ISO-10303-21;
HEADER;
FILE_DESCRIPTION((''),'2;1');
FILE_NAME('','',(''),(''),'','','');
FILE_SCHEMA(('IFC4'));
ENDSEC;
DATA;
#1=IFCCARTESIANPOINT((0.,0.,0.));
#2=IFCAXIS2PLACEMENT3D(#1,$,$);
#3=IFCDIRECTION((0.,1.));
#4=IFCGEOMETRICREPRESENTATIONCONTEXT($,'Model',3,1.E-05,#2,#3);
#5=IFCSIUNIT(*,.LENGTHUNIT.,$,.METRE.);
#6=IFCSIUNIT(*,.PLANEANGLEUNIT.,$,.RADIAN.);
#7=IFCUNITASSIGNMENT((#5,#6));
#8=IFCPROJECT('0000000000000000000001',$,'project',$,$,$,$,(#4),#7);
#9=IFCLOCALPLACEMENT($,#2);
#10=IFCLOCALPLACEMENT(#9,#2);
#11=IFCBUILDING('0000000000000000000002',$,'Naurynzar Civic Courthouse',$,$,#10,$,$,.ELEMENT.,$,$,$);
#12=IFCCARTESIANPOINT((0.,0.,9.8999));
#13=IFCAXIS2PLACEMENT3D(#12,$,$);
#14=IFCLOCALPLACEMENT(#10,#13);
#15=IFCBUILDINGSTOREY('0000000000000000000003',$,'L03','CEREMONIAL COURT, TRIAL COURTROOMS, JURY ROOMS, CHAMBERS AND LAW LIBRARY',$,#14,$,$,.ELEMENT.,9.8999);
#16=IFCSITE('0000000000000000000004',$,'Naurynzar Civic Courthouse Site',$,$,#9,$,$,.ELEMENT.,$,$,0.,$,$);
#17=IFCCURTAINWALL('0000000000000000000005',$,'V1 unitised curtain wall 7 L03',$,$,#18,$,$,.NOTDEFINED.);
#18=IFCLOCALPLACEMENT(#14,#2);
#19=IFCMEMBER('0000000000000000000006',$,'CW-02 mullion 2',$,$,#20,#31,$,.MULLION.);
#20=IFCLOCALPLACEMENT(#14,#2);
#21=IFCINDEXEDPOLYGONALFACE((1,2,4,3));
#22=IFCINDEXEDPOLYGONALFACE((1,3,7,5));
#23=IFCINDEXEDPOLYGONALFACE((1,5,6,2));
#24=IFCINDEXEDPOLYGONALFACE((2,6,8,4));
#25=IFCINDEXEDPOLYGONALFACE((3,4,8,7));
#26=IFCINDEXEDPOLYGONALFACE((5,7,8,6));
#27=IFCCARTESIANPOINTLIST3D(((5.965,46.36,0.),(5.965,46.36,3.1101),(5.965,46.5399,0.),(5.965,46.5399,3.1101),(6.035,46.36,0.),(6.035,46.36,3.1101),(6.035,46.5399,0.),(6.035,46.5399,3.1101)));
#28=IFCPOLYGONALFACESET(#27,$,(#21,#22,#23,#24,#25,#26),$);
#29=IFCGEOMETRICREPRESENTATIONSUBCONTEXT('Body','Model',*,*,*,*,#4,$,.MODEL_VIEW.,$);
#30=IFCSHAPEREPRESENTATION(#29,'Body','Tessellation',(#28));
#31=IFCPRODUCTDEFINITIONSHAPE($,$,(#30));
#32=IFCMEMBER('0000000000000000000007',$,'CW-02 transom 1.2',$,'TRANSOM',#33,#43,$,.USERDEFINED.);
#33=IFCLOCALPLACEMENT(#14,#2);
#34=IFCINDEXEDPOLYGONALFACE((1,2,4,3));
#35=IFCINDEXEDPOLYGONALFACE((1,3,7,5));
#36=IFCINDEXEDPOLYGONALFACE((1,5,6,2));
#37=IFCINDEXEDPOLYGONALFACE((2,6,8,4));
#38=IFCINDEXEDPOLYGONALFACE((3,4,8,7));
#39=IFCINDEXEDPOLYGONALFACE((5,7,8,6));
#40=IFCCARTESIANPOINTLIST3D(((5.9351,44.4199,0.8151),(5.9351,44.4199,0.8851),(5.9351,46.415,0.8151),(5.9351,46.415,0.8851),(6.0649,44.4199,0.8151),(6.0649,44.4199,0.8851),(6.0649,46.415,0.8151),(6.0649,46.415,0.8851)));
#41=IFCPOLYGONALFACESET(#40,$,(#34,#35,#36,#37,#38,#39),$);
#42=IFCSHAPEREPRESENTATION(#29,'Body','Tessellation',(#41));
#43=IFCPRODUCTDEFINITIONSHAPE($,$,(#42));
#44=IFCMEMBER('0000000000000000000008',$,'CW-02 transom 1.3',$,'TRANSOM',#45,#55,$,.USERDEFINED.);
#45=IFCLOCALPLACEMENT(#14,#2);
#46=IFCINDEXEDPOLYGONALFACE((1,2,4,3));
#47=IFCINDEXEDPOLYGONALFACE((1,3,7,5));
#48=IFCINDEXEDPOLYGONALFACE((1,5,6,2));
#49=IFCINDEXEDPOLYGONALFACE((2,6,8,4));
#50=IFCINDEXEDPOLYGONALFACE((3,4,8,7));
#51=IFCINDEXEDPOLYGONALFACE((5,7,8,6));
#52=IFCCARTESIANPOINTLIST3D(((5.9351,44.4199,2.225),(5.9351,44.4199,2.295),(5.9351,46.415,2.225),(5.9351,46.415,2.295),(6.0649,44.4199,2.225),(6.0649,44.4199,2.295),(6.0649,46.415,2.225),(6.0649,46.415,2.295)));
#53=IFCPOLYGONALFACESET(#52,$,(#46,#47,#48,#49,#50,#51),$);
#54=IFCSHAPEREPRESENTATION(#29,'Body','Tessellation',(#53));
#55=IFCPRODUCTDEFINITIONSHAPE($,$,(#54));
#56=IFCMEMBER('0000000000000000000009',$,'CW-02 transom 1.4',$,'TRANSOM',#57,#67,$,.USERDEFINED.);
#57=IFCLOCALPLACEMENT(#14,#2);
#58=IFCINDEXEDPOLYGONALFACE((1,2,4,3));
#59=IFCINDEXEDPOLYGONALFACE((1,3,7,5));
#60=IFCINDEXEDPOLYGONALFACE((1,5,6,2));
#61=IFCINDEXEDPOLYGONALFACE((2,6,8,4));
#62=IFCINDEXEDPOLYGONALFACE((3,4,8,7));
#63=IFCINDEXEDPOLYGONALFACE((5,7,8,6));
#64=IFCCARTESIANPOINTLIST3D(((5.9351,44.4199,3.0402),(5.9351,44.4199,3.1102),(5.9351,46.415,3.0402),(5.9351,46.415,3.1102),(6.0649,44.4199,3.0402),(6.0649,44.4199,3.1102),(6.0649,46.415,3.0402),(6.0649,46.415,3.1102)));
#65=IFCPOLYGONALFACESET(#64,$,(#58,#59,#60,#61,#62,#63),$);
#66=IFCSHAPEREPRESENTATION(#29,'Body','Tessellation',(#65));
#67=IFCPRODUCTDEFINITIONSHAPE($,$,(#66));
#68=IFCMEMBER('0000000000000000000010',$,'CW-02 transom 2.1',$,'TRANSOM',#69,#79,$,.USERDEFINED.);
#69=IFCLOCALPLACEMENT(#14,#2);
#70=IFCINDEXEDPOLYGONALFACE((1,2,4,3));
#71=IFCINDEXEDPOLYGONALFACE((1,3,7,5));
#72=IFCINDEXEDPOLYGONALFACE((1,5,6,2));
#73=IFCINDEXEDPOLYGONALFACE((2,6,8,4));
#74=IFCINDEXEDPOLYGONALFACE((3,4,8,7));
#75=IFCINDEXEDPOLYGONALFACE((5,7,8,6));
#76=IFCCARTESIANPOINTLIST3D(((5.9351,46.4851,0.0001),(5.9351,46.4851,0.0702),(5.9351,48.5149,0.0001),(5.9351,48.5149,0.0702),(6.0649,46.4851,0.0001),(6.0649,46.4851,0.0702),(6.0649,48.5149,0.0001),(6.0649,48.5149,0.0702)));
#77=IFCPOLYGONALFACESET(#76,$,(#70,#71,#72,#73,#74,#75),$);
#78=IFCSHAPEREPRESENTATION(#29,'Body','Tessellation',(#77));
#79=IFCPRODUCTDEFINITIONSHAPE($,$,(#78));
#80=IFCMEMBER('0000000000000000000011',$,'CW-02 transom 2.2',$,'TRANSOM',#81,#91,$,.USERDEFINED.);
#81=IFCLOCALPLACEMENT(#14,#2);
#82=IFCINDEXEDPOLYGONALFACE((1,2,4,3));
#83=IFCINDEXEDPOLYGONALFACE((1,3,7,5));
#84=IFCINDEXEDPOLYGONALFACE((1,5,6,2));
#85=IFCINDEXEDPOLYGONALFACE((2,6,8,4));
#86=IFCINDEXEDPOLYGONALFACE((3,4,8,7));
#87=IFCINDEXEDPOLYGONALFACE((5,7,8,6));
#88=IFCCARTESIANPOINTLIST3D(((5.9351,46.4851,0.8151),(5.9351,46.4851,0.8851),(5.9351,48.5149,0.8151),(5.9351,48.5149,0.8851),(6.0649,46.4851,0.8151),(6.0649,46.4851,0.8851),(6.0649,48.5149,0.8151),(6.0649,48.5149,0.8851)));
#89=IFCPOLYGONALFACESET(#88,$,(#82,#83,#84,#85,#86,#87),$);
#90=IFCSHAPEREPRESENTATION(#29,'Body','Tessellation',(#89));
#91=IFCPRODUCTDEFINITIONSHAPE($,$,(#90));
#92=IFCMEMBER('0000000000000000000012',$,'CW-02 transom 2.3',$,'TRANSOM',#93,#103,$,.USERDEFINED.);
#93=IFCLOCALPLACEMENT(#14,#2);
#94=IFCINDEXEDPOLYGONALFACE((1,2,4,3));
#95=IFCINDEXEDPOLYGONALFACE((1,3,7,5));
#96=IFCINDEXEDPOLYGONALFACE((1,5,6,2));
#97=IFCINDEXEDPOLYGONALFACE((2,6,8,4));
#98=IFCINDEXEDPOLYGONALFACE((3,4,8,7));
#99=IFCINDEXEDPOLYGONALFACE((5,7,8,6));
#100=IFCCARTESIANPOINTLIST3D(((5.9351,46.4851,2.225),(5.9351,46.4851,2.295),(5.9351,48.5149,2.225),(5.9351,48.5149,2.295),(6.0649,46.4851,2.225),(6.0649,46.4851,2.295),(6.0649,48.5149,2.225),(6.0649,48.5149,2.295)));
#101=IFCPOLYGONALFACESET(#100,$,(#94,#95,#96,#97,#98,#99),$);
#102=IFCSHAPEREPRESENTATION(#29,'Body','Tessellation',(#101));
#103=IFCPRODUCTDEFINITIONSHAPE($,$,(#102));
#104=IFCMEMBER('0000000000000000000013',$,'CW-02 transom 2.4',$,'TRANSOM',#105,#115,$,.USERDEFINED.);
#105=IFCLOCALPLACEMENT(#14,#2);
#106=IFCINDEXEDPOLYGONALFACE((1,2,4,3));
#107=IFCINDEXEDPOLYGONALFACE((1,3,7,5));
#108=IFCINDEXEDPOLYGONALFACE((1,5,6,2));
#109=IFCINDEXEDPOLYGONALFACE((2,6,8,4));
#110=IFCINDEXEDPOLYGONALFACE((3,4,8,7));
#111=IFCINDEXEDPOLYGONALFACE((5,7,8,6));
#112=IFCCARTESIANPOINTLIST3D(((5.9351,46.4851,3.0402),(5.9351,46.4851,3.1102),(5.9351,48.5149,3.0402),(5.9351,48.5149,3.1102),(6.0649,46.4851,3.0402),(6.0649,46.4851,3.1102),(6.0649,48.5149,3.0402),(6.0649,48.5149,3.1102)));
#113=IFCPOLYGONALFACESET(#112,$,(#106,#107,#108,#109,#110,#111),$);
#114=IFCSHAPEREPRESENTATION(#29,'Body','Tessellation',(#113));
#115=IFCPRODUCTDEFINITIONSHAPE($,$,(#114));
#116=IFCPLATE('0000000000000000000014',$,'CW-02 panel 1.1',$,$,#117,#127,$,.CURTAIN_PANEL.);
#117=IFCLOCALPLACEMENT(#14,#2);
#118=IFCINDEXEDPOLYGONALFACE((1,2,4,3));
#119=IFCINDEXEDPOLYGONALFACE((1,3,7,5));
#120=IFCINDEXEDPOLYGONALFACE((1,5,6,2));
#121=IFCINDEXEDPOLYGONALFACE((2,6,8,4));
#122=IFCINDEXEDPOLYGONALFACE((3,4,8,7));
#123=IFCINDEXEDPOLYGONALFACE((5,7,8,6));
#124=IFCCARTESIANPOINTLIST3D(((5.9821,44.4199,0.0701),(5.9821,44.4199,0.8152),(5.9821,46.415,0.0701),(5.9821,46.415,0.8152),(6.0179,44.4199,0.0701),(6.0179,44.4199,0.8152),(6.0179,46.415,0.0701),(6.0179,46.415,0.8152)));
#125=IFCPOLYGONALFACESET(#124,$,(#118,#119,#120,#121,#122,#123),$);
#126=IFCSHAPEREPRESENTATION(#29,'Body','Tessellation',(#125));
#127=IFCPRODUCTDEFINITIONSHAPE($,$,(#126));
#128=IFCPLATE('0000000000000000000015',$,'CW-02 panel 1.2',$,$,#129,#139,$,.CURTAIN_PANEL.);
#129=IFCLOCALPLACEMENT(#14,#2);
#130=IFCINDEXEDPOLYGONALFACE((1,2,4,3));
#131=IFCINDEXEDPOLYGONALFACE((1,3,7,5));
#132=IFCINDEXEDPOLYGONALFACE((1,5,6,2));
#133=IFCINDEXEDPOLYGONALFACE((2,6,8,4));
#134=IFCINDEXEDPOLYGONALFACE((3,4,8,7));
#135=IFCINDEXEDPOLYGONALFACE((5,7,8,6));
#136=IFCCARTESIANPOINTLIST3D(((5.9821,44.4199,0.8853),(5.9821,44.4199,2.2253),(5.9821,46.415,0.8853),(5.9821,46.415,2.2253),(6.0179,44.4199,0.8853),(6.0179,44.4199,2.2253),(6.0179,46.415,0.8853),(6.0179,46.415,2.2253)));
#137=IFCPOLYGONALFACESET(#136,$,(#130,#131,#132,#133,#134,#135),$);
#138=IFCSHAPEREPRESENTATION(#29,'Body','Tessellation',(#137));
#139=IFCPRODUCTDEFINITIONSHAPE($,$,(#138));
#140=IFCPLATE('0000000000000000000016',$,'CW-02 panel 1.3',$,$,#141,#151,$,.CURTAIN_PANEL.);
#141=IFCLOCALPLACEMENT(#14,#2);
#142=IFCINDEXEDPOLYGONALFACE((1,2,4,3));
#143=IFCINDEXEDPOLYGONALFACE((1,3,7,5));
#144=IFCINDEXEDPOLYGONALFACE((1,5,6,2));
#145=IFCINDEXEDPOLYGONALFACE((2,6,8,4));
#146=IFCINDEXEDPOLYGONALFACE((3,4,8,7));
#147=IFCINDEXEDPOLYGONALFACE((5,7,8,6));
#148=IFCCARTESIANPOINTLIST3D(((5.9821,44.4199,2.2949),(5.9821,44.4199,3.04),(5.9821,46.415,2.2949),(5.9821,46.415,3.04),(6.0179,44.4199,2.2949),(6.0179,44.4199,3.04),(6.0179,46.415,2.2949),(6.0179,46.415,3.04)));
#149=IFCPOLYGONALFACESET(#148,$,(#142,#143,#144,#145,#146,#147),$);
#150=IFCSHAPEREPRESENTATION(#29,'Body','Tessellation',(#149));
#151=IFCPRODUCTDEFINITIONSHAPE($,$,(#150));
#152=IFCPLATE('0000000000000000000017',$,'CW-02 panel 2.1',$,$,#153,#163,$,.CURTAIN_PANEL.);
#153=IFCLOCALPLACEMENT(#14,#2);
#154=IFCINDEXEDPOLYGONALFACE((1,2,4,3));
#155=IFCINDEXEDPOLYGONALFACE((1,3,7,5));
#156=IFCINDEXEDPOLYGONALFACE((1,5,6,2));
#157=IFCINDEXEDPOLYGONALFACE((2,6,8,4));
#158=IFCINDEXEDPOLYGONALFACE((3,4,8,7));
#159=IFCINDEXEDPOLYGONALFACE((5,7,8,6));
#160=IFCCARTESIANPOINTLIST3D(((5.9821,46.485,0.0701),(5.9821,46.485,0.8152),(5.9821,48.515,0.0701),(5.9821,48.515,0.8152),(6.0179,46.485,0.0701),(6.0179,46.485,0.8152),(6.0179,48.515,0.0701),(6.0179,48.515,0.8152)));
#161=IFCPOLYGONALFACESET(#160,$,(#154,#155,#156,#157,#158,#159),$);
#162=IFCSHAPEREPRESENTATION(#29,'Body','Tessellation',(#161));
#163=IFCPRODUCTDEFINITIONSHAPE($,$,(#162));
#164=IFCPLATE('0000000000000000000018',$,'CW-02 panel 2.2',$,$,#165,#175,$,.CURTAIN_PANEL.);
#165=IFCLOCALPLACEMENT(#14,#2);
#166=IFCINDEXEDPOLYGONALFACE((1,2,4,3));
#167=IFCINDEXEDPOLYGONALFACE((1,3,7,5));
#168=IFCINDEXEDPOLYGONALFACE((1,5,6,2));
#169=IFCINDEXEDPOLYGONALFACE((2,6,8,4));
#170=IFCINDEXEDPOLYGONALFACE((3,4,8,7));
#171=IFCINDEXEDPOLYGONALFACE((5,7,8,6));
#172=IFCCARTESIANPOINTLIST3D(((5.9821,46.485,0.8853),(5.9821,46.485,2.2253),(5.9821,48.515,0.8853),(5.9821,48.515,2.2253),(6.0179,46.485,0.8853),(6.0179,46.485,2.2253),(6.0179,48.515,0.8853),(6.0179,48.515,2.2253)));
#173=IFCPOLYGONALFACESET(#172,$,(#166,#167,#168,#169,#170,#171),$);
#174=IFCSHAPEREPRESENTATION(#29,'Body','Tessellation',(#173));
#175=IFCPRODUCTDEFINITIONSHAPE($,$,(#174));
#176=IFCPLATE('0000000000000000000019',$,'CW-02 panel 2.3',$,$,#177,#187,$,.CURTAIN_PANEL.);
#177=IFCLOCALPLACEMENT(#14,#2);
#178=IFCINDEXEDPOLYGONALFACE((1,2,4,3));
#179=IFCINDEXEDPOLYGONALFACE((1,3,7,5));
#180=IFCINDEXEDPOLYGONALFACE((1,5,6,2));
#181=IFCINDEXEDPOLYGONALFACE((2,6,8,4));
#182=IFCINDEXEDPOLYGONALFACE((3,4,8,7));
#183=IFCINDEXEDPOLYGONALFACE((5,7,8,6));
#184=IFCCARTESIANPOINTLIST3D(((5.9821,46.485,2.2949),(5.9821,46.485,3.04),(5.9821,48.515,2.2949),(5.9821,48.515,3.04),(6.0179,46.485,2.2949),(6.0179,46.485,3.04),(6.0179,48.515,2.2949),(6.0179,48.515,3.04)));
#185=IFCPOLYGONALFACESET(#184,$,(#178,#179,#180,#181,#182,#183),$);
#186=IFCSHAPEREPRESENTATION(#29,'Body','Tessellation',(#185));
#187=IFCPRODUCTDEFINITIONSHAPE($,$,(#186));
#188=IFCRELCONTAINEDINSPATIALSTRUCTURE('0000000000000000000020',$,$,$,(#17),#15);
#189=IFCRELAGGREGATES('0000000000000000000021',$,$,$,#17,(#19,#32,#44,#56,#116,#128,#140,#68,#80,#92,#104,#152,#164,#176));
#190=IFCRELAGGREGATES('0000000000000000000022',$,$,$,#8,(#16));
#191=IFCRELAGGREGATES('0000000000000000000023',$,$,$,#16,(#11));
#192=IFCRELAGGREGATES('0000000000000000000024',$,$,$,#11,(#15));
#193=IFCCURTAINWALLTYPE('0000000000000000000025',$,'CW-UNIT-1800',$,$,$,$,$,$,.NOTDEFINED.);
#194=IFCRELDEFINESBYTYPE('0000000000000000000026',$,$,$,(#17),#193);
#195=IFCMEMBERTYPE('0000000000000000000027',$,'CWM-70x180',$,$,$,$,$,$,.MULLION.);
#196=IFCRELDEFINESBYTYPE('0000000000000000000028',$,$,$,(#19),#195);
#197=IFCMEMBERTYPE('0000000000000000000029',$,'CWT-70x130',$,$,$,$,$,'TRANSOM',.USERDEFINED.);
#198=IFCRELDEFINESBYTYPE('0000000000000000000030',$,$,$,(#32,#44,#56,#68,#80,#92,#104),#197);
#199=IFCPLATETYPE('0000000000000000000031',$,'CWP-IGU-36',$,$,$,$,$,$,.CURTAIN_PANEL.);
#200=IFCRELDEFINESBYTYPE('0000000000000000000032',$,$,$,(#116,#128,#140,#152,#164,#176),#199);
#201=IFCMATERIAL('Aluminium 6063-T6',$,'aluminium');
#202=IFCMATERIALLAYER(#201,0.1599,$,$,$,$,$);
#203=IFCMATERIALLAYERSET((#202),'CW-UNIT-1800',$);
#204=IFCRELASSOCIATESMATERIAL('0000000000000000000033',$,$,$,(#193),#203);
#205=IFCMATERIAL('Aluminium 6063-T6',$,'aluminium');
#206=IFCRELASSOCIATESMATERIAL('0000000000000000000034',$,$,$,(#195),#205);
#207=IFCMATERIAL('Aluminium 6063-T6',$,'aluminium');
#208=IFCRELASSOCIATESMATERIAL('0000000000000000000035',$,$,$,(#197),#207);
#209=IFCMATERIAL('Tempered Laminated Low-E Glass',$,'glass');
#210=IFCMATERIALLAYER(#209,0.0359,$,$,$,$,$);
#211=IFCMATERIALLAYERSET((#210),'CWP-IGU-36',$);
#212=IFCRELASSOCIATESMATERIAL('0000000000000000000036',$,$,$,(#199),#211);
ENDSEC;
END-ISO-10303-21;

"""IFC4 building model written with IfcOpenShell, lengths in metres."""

from ifc_helpers import new_model, si_unit, direction, frame, origin, origin_2d, place, context, subcontext, project, spatial, rectangle, extrude, material, layer, layer_set, material_profile, profile_set, type_object, element, aggregate, save


model = new_model("IFC4")

# Units and contexts
model_context = context("Model", 3, precision=1e-05, world=origin(), true_north=direction((0.0, 1.0)))
body_context = subcontext(model_context, "Body", "Model", "MODEL_VIEW")
ifc_project = project(units=[si_unit("LENGTHUNIT", "METRE"), si_unit("PLANEANGLEUNIT", "RADIAN")], contexts=[model_context])

# Site, building, storey
site_placement = place(None, origin())
site = spatial("IfcSite", under=ifc_project, at=site_placement, Name="Naurynzar Civic Courthouse Site", CompositionType="ELEMENT", RefElevation=0.0)
building_placement = place(site_placement, origin())
building = spatial("IfcBuilding", under=site, at=building_placement, Name="Naurynzar Civic Courthouse", CompositionType="ELEMENT")
storey_placement = place(building_placement, frame((0.0, 0.0, 9.8999)))
storey = spatial("IfcBuildingStorey", under=building, at=storey_placement, Name="L03", Description="CEREMONIAL COURT, TRIAL COURTROOMS, JURY ROOMS, CHAMBERS AND LAW LIBRARY", CompositionType="ELEMENT", Elevation=9.8999)

# Curtain wall, members, plates
ifc_material_1 = material(Name="Aluminium 6063-T6", Category="aluminium")
ifc_layer_1 = layer(ifc_material_1, 0.1599)
ifc_layer_set_1 = layer_set([ifc_layer_1], Name="CW-UNIT-1800")
curtain_wall_type = type_object("IfcCurtainWallType", Name="CW-UNIT-1800", PredefinedType="NOTDEFINED", material=ifc_layer_set_1)
curtain_wall_placement = place(storey_placement, origin())
curtain_wall = element("IfcCurtainWall", 1, at=curtain_wall_placement, inside=storey, type_object=curtain_wall_type, Name="V1 unitised curtain wall 7 L03", PredefinedType="NOTDEFINED")
ifc_material_2 = material(Name="Aluminium 6063-T6", Category="aluminium")
ifc_material_profile_1 = material_profile(ifc_material_2, rectangle(XDim=0.0701, YDim=0.1799, at=origin_2d()), Name="ALU MULLION 70x180")
ifc_profile_set_1 = profile_set([ifc_material_profile_1], Name="Aluminium 6063-T6")
member_type_1 = type_object("IfcMemberType", Name="CWM-70x180", PredefinedType="MULLION", material=ifc_profile_set_1)
member_1_placement = place(storey_placement, frame((6.0, 46.45, 0.0), z_axis=(0.0, 0.0, 1.0), x_axis=(-1.0, 0.0, 0.0)))
member_1 = element("IfcMember", 2, at=member_1_placement, type_object=member_type_1, Name="CW-02 mullion 2", PredefinedType="MULLION", context=body_context, shape_type="SweptSolid", body=[
    extrude(rectangle(XDim=0.0701, YDim=0.1799, at=origin_2d()), origin(), (0.0, 0.0, 1.0), 3.1101),
])
ifc_material_3 = material(Name="Aluminium 6063-T6", Category="aluminium")
ifc_material_profile_2 = material_profile(ifc_material_3, rectangle(XDim=0.1299, YDim=0.0701, at=origin_2d()), Name="ALU TRANSOM 70x130")
ifc_profile_set_2 = profile_set([ifc_material_profile_2], Name="Aluminium 6063-T6")
member_type_2 = type_object("IfcMemberType", Name="CWT-70x130", ElementType="TRANSOM", PredefinedType="USERDEFINED", material=ifc_profile_set_2)
member_2_placement = place(storey_placement, frame((6.0, 44.4199, 0.8501), z_axis=(0.0, 1.0, 0.0), x_axis=(-1.0, 0.0, 0.0)))
member_2 = element("IfcMember", 3, at=member_2_placement, type_object=member_type_2, Name="CW-02 transom 1.2", ObjectType="TRANSOM", PredefinedType="USERDEFINED", context=body_context, shape_type="SweptSolid", body=[
    extrude(rectangle(XDim=0.1299, YDim=0.0701, at=origin_2d()), origin(), (0.0, 0.0, 1.0), 1.9951),
])
member_3_placement = place(storey_placement, frame((6.0, 44.4199, 2.26), z_axis=(0.0, 1.0, 0.0), x_axis=(-1.0, 0.0, 0.0)))
member_3 = element("IfcMember", 4, at=member_3_placement, type_object=member_type_2, Name="CW-02 transom 1.3", ObjectType="TRANSOM", PredefinedType="USERDEFINED", context=body_context, shape_type="SweptSolid", body=[
    extrude(rectangle(XDim=0.1299, YDim=0.0701, at=origin_2d()), origin(), (0.0, 0.0, 1.0), 1.9951),
])
member_4_placement = place(storey_placement, frame((6.0, 44.4199, 3.0752), z_axis=(0.0, 1.0, 0.0), x_axis=(-1.0, 0.0, 0.0)))
member_4 = element("IfcMember", 5, at=member_4_placement, type_object=member_type_2, Name="CW-02 transom 1.4", ObjectType="TRANSOM", PredefinedType="USERDEFINED", context=body_context, shape_type="SweptSolid", body=[
    extrude(rectangle(XDim=0.1299, YDim=0.0701, at=origin_2d()), origin(), (0.0, 0.0, 1.0), 1.9951),
])
member_5_placement = place(storey_placement, frame((6.0, 46.4851, 0.0352), z_axis=(0.0, 1.0, 0.0), x_axis=(-1.0, 0.0, 0.0)))
member_5 = element("IfcMember", 6, at=member_5_placement, type_object=member_type_2, Name="CW-02 transom 2.1", ObjectType="TRANSOM", PredefinedType="USERDEFINED", context=body_context, shape_type="SweptSolid", body=[
    extrude(rectangle(XDim=0.1299, YDim=0.0701, at=origin_2d()), origin(), (0.0, 0.0, 1.0), 2.0298),
])
member_6_placement = place(storey_placement, frame((6.0, 46.4851, 0.8501), z_axis=(0.0, 1.0, 0.0), x_axis=(-1.0, 0.0, 0.0)))
member_6 = element("IfcMember", 7, at=member_6_placement, type_object=member_type_2, Name="CW-02 transom 2.2", ObjectType="TRANSOM", PredefinedType="USERDEFINED", context=body_context, shape_type="SweptSolid", body=[
    extrude(rectangle(XDim=0.1299, YDim=0.0701, at=origin_2d()), origin(), (0.0, 0.0, 1.0), 2.0298),
])
member_7_placement = place(storey_placement, frame((6.0, 46.4851, 2.26), z_axis=(0.0, 1.0, 0.0), x_axis=(-1.0, 0.0, 0.0)))
member_7 = element("IfcMember", 8, at=member_7_placement, type_object=member_type_2, Name="CW-02 transom 2.3", ObjectType="TRANSOM", PredefinedType="USERDEFINED", context=body_context, shape_type="SweptSolid", body=[
    extrude(rectangle(XDim=0.1299, YDim=0.0701, at=origin_2d()), origin(), (0.0, 0.0, 1.0), 2.0298),
])
member_8_placement = place(storey_placement, frame((6.0, 46.4851, 3.0752), z_axis=(0.0, 1.0, 0.0), x_axis=(-1.0, 0.0, 0.0)))
member_8 = element("IfcMember", 9, at=member_8_placement, type_object=member_type_2, Name="CW-02 transom 2.4", ObjectType="TRANSOM", PredefinedType="USERDEFINED", context=body_context, shape_type="SweptSolid", body=[
    extrude(rectangle(XDim=0.1299, YDim=0.0701, at=origin_2d()), origin(), (0.0, 0.0, 1.0), 2.0298),
])
ifc_material_4 = material(Name="Tempered Laminated Low-E Glass", Category="glass")
ifc_layer_2 = layer(ifc_material_4, 0.0359)
ifc_layer_set_2 = layer_set([ifc_layer_2], Name="CWP-IGU-36")
plate_type = type_object("IfcPlateType", Name="CWP-IGU-36", PredefinedType="CURTAIN_PANEL", material=ifc_layer_set_2)
plate_1_placement = place(storey_placement, frame((6.0, 45.4175, 0.0701), z_axis=(0.0, 0.0, 1.0), x_axis=(0.0, 1.0, 0.0)))
plate_1 = element("IfcPlate", 10, at=plate_1_placement, type_object=plate_type, Name="CW-02 panel 1.1", PredefinedType="CURTAIN_PANEL", context=body_context, shape_type="SweptSolid", body=[
    extrude(rectangle(XDim=1.9951, YDim=0.0359, at=origin_2d()), origin(), (0.0, 0.0, 1.0), 0.7451),
])
plate_2_placement = place(storey_placement, frame((6.0, 45.4175, 0.8853), z_axis=(0.0, 0.0, 1.0), x_axis=(0.0, 1.0, 0.0)))
plate_2 = element("IfcPlate", 11, at=plate_2_placement, type_object=plate_type, Name="CW-02 panel 1.2", PredefinedType="CURTAIN_PANEL", context=body_context, shape_type="SweptSolid", body=[
    extrude(rectangle(XDim=1.9951, YDim=0.0359, at=origin_2d()), origin(), (0.0, 0.0, 1.0), 1.3401),
])
plate_3_placement = place(storey_placement, frame((6.0, 45.4175, 2.2949), z_axis=(0.0, 0.0, 1.0), x_axis=(0.0, 1.0, 0.0)))
plate_3 = element("IfcPlate", 12, at=plate_3_placement, type_object=plate_type, Name="CW-02 panel 1.3", PredefinedType="CURTAIN_PANEL", context=body_context, shape_type="SweptSolid", body=[
    extrude(rectangle(XDim=1.9951, YDim=0.0359, at=origin_2d()), origin(), (0.0, 0.0, 1.0), 0.7451),
])
plate_4_placement = place(storey_placement, frame((6.0, 47.5, 0.0701), z_axis=(0.0, 0.0, 1.0), x_axis=(0.0, 1.0, 0.0)))
plate_4 = element("IfcPlate", 13, at=plate_4_placement, type_object=plate_type, Name="CW-02 panel 2.1", PredefinedType="CURTAIN_PANEL", context=body_context, shape_type="SweptSolid", body=[
    extrude(rectangle(XDim=2.03, YDim=0.0359, at=origin_2d()), origin(), (0.0, 0.0, 1.0), 0.7451),
])
plate_5_placement = place(storey_placement, frame((6.0, 47.5, 0.8853), z_axis=(0.0, 0.0, 1.0), x_axis=(0.0, 1.0, 0.0)))
plate_5 = element("IfcPlate", 14, at=plate_5_placement, type_object=plate_type, Name="CW-02 panel 2.2", PredefinedType="CURTAIN_PANEL", context=body_context, shape_type="SweptSolid", body=[
    extrude(rectangle(XDim=2.03, YDim=0.0359, at=origin_2d()), origin(), (0.0, 0.0, 1.0), 1.3401),
])
plate_6_placement = place(storey_placement, frame((6.0, 47.5, 2.2949), z_axis=(0.0, 0.0, 1.0), x_axis=(0.0, 1.0, 0.0)))
plate_6 = element("IfcPlate", 15, at=plate_6_placement, type_object=plate_type, Name="CW-02 panel 2.3", PredefinedType="CURTAIN_PANEL", context=body_context, shape_type="SweptSolid", body=[
    extrude(rectangle(XDim=2.03, YDim=0.0359, at=origin_2d()), origin(), (0.0, 0.0, 1.0), 0.7451),
])
aggregate(curtain_wall, [member_1, member_2, member_3, member_4, plate_1, plate_2, plate_3, member_5, member_6, member_7, member_8, plate_4, plate_5, plate_6])

save(model, "model.ifc")
